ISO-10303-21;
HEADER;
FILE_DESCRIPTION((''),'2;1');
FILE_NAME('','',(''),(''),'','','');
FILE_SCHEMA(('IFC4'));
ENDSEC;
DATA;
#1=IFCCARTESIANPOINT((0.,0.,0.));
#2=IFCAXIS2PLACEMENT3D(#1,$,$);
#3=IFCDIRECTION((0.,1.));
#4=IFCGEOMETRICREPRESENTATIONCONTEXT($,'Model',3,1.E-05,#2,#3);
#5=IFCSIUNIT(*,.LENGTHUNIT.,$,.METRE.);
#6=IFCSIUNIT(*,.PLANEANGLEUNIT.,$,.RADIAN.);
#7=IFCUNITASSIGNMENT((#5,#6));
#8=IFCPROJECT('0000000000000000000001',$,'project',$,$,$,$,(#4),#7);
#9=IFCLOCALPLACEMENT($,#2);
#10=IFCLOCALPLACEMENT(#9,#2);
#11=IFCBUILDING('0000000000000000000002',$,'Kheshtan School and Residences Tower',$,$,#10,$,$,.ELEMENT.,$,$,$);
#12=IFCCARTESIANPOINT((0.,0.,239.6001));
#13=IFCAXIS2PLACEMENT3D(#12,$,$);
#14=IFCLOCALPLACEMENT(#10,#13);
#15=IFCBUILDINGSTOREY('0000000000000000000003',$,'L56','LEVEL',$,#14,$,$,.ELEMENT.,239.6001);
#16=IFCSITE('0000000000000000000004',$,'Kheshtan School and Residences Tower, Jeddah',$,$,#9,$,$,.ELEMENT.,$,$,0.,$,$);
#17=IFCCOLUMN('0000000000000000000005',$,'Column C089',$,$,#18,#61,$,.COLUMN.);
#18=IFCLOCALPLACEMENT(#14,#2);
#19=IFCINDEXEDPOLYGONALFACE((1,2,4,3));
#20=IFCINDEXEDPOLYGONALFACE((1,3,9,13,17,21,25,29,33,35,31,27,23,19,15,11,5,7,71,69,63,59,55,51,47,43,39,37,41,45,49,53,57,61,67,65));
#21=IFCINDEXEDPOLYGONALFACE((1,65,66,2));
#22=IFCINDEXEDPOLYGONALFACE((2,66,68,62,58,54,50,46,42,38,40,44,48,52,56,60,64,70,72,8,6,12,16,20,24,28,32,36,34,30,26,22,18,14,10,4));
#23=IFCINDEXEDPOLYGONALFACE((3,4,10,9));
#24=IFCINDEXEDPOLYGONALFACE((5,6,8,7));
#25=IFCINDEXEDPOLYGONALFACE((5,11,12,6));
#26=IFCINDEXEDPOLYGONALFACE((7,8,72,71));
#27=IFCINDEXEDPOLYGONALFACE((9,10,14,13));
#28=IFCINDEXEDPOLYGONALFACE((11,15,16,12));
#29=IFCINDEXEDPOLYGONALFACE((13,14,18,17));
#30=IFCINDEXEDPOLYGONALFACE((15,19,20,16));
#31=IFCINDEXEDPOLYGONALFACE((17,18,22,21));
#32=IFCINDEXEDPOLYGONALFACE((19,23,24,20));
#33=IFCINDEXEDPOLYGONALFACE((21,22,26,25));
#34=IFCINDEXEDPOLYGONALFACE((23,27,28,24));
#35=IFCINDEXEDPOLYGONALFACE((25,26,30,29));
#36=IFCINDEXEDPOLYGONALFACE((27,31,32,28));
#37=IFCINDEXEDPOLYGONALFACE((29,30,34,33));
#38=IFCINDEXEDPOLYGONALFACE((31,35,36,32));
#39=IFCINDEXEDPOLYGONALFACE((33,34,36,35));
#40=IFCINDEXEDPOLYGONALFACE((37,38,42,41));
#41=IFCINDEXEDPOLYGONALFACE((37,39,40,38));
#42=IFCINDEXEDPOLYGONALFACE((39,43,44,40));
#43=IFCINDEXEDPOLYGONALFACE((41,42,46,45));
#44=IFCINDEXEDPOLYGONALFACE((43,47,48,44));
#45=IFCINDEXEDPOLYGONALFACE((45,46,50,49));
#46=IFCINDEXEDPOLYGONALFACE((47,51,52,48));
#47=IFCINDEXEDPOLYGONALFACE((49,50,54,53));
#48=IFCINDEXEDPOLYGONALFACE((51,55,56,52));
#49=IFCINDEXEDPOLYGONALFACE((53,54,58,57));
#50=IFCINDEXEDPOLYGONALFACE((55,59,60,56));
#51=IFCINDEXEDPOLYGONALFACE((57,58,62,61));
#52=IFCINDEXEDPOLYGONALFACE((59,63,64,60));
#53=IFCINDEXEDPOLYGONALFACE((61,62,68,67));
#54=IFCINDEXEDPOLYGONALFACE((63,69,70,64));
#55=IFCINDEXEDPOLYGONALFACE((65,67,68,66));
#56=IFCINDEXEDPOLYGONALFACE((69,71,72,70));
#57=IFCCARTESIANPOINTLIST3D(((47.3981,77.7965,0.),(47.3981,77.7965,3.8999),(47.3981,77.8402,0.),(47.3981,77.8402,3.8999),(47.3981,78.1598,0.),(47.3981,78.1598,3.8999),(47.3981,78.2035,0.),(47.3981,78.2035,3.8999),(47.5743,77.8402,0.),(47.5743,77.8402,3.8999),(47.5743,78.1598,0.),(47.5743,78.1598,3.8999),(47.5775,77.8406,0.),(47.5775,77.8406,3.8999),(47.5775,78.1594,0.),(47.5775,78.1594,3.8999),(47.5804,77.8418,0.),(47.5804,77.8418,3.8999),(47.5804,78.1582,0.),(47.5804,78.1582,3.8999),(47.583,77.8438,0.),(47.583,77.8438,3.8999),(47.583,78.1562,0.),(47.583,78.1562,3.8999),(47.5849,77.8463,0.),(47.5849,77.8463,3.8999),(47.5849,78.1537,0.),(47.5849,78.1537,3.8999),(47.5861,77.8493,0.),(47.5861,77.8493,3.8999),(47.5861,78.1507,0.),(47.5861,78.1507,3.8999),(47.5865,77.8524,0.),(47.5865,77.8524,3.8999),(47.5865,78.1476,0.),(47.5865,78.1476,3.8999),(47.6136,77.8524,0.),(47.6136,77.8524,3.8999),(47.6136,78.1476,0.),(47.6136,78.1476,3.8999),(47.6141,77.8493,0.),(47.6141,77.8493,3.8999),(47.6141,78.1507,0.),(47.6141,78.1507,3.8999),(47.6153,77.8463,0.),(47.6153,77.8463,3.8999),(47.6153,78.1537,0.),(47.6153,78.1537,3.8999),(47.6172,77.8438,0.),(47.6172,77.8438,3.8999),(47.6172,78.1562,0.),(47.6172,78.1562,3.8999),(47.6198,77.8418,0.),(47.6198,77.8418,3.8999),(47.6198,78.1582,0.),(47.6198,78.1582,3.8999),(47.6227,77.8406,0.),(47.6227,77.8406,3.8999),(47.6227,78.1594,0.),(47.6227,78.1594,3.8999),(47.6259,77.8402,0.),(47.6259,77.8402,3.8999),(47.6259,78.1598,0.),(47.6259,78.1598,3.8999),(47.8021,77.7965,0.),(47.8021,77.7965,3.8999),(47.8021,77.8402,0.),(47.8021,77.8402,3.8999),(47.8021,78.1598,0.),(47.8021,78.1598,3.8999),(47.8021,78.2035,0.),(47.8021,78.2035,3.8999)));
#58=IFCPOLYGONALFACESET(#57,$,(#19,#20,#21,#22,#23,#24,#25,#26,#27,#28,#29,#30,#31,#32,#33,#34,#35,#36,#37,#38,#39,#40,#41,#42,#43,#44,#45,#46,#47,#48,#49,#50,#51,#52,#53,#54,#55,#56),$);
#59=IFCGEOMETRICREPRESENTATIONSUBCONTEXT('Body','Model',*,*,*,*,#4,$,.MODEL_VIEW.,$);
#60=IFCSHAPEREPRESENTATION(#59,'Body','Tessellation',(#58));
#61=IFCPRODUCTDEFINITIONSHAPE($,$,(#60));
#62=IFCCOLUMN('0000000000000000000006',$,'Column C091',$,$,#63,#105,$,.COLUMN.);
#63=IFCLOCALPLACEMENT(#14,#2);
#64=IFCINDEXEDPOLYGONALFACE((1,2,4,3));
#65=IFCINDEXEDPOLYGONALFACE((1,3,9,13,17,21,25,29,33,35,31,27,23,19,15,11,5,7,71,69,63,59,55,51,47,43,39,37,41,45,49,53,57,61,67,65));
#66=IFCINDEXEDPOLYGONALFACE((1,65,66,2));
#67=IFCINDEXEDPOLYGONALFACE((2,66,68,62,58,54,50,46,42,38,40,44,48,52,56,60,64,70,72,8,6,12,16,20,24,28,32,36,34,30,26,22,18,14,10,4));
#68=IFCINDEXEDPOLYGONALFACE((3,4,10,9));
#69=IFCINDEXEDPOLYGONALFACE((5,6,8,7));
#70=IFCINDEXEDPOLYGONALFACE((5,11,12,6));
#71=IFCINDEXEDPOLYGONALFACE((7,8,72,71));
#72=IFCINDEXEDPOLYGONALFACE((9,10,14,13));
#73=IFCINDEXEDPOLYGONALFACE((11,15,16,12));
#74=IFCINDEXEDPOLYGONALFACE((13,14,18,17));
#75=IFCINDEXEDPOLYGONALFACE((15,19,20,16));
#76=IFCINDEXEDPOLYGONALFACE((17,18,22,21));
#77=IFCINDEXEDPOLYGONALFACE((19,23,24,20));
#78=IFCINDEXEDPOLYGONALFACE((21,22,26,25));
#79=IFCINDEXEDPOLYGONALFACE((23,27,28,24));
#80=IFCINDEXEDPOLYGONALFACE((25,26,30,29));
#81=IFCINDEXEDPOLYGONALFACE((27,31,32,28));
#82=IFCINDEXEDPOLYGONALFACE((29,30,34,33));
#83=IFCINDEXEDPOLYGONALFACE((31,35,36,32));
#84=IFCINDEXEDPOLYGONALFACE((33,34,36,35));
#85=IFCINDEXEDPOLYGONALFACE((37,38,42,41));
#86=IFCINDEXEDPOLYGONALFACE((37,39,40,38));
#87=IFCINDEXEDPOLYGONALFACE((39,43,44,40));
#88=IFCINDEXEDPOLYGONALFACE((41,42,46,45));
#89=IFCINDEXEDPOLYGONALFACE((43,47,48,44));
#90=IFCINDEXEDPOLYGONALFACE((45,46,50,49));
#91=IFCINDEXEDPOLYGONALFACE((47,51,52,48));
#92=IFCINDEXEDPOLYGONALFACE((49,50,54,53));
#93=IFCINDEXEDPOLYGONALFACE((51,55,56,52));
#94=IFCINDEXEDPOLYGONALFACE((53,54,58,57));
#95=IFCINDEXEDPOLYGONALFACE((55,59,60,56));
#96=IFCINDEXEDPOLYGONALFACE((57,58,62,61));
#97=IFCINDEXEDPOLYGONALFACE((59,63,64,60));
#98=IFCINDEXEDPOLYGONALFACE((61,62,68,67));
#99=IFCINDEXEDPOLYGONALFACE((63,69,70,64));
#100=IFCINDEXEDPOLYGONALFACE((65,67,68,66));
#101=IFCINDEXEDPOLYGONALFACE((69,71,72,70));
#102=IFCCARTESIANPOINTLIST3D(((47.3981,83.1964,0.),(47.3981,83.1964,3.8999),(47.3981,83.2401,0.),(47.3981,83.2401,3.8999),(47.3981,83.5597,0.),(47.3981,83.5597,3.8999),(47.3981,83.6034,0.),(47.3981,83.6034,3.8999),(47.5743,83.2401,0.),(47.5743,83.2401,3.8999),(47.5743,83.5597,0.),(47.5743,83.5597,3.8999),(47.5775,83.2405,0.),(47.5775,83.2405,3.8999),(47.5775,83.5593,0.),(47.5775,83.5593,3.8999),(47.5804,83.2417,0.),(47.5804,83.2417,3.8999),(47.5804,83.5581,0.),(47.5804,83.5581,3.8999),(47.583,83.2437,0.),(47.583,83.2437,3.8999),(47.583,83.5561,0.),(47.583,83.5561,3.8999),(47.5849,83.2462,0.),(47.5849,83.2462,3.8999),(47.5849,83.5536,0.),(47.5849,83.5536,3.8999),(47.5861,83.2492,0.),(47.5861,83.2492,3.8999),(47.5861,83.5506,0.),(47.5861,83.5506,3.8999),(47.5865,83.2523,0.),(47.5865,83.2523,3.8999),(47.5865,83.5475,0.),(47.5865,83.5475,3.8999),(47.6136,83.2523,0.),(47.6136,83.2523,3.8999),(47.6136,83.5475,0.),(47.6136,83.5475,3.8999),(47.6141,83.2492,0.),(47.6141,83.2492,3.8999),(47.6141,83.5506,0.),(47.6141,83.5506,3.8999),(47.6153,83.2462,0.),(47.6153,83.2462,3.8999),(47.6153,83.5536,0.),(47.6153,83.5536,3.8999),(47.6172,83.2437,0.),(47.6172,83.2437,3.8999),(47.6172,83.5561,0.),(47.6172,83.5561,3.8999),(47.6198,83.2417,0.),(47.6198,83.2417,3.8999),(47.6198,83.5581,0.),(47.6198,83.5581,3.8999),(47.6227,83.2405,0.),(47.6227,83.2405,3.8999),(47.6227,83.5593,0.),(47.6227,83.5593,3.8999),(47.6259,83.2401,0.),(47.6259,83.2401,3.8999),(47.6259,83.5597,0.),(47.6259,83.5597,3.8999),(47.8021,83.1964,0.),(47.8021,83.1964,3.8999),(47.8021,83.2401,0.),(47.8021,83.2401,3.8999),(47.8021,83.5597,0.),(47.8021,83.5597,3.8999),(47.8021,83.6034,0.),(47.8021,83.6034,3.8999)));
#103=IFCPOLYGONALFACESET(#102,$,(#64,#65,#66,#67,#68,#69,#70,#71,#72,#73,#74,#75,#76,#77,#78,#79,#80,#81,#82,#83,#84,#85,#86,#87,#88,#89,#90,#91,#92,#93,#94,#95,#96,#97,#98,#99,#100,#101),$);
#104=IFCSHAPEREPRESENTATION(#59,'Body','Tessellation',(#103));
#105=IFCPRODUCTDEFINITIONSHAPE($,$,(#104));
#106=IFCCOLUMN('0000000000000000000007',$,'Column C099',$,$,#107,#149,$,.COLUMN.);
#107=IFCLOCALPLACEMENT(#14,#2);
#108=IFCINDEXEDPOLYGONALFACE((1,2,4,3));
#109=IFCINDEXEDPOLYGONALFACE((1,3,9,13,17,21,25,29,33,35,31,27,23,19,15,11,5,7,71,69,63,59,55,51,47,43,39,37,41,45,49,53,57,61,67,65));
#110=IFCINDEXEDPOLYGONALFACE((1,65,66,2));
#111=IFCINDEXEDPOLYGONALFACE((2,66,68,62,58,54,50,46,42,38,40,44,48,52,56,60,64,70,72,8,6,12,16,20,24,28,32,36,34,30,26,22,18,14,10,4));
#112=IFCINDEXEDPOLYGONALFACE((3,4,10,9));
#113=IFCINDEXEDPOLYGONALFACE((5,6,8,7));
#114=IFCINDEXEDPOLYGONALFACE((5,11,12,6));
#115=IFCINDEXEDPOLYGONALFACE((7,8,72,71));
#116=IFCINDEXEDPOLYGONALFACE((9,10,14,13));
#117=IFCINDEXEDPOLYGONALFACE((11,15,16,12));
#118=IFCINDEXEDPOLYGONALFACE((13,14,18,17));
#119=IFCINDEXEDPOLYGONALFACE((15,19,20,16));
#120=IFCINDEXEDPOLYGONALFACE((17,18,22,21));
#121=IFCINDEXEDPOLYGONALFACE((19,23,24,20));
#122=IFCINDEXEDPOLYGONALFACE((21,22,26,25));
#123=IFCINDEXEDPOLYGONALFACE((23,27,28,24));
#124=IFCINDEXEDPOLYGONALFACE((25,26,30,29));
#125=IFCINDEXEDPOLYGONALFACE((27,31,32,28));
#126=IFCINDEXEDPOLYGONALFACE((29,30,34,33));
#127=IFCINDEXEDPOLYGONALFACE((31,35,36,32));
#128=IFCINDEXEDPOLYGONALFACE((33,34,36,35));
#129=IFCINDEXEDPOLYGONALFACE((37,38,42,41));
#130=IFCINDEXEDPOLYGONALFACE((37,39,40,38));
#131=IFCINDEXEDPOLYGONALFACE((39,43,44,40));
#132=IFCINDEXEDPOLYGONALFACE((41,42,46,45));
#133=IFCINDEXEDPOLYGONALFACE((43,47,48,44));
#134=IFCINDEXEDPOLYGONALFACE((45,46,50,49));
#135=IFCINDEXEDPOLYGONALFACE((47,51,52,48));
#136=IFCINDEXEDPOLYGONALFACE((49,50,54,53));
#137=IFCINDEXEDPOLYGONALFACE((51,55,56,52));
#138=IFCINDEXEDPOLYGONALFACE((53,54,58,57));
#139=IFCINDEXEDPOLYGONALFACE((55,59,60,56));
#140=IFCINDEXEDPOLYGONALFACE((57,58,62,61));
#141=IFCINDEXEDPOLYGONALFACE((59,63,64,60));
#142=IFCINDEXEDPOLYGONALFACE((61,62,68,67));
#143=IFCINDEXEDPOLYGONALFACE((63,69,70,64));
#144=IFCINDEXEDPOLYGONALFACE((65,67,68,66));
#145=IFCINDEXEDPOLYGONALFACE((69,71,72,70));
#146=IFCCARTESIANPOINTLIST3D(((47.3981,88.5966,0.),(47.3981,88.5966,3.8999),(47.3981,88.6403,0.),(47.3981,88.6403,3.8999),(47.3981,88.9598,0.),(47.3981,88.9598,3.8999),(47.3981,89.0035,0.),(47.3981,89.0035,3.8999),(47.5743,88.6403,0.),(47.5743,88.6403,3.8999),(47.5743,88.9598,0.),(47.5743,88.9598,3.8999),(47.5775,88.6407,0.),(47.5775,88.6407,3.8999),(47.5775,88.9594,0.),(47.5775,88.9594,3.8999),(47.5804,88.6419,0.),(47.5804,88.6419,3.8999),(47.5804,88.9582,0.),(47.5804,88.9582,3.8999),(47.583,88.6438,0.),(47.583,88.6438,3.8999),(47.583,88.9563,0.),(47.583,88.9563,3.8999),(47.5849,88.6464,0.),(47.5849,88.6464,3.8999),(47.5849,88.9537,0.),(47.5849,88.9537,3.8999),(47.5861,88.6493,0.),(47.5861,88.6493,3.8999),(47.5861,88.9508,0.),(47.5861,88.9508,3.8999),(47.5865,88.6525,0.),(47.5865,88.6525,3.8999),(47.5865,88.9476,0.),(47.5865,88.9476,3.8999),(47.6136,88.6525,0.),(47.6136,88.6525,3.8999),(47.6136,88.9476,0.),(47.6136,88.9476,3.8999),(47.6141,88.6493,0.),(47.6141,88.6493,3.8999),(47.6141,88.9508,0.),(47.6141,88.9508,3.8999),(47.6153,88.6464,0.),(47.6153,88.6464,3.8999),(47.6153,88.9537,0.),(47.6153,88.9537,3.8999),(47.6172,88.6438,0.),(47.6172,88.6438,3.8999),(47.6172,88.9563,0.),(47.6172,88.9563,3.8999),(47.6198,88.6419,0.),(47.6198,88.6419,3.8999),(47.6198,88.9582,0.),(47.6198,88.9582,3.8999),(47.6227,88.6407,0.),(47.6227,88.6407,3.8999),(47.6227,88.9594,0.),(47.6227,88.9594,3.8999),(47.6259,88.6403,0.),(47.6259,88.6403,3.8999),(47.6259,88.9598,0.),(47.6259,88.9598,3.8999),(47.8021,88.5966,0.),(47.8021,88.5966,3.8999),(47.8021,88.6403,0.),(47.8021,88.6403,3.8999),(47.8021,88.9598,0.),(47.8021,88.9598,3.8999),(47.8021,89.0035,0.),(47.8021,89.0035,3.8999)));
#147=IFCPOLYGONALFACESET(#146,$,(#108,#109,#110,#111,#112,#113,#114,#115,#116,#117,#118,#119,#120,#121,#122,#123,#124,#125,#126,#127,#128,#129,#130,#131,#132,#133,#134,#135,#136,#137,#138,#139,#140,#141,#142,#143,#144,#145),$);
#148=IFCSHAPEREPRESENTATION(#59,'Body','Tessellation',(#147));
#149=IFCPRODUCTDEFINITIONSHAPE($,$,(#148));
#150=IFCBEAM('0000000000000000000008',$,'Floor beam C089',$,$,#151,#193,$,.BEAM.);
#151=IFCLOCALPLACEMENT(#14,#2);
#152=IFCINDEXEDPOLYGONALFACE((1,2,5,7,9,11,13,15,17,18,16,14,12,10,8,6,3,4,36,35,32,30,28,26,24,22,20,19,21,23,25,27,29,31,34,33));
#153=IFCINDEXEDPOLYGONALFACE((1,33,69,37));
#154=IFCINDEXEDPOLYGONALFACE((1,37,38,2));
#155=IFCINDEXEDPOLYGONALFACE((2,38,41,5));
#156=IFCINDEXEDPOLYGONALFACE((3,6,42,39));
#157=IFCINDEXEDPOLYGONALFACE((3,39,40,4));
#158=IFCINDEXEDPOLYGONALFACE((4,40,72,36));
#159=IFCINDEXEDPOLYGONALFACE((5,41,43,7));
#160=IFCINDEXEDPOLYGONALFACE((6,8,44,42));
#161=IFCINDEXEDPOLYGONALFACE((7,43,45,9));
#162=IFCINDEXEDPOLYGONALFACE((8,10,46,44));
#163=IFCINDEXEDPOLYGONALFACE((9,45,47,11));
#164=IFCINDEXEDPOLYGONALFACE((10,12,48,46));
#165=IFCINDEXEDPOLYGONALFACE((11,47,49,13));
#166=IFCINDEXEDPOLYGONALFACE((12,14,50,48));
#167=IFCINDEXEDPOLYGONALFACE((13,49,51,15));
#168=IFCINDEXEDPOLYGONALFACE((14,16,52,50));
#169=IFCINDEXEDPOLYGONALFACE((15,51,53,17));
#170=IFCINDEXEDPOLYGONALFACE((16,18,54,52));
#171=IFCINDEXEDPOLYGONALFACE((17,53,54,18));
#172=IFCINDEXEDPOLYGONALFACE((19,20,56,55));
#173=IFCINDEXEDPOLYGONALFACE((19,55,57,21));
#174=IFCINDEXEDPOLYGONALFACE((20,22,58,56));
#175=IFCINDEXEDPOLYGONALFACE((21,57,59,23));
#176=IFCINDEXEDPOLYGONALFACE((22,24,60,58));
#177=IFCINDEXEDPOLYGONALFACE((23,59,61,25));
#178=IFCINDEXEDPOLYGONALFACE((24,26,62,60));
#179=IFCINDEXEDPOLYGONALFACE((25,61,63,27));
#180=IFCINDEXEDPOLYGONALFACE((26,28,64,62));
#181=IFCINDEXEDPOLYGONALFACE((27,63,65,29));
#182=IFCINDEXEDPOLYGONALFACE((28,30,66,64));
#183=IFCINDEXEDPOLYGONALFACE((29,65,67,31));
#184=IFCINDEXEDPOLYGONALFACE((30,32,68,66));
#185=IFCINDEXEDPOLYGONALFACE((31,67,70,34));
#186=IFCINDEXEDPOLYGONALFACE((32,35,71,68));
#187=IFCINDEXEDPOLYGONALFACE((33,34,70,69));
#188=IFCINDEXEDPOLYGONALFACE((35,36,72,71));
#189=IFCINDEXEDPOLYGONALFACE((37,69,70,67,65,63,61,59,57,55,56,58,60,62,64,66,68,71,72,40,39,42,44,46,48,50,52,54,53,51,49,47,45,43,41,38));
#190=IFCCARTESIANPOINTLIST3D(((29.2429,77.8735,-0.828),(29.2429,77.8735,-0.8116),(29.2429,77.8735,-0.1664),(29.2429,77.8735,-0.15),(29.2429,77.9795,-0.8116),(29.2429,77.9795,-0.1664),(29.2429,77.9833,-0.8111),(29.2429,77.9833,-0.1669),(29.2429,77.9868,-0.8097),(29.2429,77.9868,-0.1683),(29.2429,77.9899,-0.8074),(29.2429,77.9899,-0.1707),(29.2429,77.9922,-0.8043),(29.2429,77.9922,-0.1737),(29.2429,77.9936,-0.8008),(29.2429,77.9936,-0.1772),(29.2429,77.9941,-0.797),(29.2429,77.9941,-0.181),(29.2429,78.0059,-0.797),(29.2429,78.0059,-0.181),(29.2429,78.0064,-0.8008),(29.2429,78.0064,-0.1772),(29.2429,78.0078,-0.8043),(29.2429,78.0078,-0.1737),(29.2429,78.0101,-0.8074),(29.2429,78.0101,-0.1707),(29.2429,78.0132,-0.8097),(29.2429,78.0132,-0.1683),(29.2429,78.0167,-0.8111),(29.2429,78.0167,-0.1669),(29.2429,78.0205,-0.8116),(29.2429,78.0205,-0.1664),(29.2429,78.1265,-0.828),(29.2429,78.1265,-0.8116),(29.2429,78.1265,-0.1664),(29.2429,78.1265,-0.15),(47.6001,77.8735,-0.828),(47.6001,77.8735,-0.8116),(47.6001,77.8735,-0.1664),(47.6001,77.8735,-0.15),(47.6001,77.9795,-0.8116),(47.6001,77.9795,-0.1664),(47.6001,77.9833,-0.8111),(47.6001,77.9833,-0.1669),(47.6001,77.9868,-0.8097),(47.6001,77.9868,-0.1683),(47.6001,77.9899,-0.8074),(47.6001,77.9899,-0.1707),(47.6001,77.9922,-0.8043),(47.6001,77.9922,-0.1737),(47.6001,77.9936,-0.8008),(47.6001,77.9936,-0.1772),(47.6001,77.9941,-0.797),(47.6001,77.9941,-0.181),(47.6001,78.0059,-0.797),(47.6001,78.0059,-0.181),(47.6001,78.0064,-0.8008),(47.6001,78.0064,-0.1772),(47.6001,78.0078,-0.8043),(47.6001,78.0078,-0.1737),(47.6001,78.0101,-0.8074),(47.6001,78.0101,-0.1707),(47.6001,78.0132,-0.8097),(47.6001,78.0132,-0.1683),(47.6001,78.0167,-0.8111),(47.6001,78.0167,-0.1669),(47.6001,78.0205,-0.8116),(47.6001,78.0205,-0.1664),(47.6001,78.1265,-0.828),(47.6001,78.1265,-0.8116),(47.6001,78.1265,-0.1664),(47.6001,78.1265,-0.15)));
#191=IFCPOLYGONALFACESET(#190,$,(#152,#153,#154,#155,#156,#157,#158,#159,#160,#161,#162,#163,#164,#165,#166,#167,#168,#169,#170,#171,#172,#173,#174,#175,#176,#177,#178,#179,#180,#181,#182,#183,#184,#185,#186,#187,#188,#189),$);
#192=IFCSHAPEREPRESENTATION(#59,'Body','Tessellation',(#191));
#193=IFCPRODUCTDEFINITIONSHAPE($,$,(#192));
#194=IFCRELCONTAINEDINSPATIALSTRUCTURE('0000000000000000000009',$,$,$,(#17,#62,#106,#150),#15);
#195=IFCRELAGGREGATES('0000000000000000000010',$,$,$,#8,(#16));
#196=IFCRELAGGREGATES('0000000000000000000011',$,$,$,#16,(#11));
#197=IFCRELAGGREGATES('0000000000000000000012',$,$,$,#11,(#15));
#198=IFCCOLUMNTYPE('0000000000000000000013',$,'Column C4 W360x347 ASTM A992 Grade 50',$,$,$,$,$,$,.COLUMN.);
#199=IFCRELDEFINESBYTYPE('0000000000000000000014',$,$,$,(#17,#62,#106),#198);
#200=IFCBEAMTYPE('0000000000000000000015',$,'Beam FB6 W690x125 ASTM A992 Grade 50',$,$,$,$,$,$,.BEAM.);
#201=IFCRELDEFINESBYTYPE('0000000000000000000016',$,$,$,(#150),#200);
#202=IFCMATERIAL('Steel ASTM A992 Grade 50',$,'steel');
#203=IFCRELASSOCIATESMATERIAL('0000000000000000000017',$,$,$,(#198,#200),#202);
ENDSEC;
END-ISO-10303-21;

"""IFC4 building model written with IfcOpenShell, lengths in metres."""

from ifc_helpers import new_model, si_unit, direction, frame, origin, origin_2d, place, context, subcontext, project, spatial, i_section, extrude, material, material_profile, profile_set, type_object, element, save


model = new_model("IFC4")

# Units and contexts
model_context = context("Model", 3, precision=1e-05, world=origin(), true_north=direction((0.0, 1.0)))
body_context = subcontext(model_context, "Body", "Model", "MODEL_VIEW")
ifc_project = project(units=[si_unit("LENGTHUNIT", "METRE"), si_unit("PLANEANGLEUNIT", "RADIAN")], contexts=[model_context])

# Site, building, storey
site_placement = place(None, origin())
site = spatial("IfcSite", under=ifc_project, at=site_placement, Name="Kheshtan School and Residences Tower, Jeddah", CompositionType="ELEMENT", RefElevation=0.0)
building_placement = place(site_placement, origin())
building = spatial("IfcBuilding", under=site, at=building_placement, Name="Kheshtan School and Residences Tower", CompositionType="ELEMENT")
storey_placement = place(building_placement, frame((0.0, 0.0, 239.6001)))
storey = spatial("IfcBuildingStorey", under=building, at=storey_placement, Name="L56", Description="LEVEL", CompositionType="ELEMENT", Elevation=239.6001)

# Columns
ifc_material_1 = material(Name="Steel ASTM A992 Grade 50", Category="steel")
ifc_material_profile_1 = material_profile(ifc_material_1, i_section(OverallWidth=0.4041, OverallDepth=0.407, WebThickness=0.0271, FlangeThickness=0.0437, FilletRadius=0.0122, at=origin_2d()), Name="W360x347")
ifc_profile_set_1 = profile_set([ifc_material_profile_1], Name="Steel ASTM A992 Grade 50")
column_type = type_object("IfcColumnType", Name="Column C4 W360x347 ASTM A992 Grade 50", PredefinedType="COLUMN", material=ifc_profile_set_1)
for number, where, z_axis, x_axis, name in (
    (1, (47.6001, 78.0, 0.0), (0.0, 0.0, 1.0), (1.0, 0.0, 0.0), "Column C089"),
    (2, (47.6001, 83.3999, 0.0), (0.0, 0.0, 1.0), (1.0, 0.0, 0.0), "Column C091"),
    (3, (47.6001, 88.8, 0.0), (0.0, 0.0, 1.0), (1.0, 0.0, 0.0), "Column C099"),
):
    element("IfcColumn", number, at=place(storey_placement, frame(where, z_axis=z_axis, x_axis=x_axis)), inside=storey, type_object=column_type, Name=name, PredefinedType="COLUMN", context=body_context, shape_type="SweptSolid", body=[
        extrude(i_section(OverallWidth=0.4041, OverallDepth=0.407, WebThickness=0.0271, FlangeThickness=0.0437, FilletRadius=0.0122, at=origin_2d()), origin(), (0.0, 0.0, 1.0), 3.8999),
    ])

# Beam
ifc_material_profile_2 = material_profile(ifc_material_1, i_section(OverallWidth=0.2529, OverallDepth=0.678, WebThickness=0.0117, FlangeThickness=0.0164, FilletRadius=0.0146, at=origin_2d()), Name="W690x125")
ifc_profile_set_2 = profile_set([ifc_material_profile_2], Name="Steel ASTM A992 Grade 50")
beam_type_1 = type_object("IfcBeamType", Name="Beam FB6 W690x125 ASTM A992 Grade 50", PredefinedType="BEAM", material=ifc_profile_set_2)
beam_1_placement = place(storey_placement, frame((47.6001, 78.0, -0.489), z_axis=(-1.0, 0.0, 0.0), x_axis=(0.0, -1.0, 0.0)))
element("IfcBeam", 4, at=beam_1_placement, inside=storey, type_object=beam_type_1, Name="Floor beam C089", PredefinedType="BEAM", context=body_context, shape_type="SweptSolid", body=[
    extrude(i_section(OverallWidth=0.2529, OverallDepth=0.678, WebThickness=0.0117, FlangeThickness=0.0164, FilletRadius=0.0146, at=origin_2d()), origin(), (0.0, 0.0, 1.0), 18.3572),
])

save(model, "model.ifc")
